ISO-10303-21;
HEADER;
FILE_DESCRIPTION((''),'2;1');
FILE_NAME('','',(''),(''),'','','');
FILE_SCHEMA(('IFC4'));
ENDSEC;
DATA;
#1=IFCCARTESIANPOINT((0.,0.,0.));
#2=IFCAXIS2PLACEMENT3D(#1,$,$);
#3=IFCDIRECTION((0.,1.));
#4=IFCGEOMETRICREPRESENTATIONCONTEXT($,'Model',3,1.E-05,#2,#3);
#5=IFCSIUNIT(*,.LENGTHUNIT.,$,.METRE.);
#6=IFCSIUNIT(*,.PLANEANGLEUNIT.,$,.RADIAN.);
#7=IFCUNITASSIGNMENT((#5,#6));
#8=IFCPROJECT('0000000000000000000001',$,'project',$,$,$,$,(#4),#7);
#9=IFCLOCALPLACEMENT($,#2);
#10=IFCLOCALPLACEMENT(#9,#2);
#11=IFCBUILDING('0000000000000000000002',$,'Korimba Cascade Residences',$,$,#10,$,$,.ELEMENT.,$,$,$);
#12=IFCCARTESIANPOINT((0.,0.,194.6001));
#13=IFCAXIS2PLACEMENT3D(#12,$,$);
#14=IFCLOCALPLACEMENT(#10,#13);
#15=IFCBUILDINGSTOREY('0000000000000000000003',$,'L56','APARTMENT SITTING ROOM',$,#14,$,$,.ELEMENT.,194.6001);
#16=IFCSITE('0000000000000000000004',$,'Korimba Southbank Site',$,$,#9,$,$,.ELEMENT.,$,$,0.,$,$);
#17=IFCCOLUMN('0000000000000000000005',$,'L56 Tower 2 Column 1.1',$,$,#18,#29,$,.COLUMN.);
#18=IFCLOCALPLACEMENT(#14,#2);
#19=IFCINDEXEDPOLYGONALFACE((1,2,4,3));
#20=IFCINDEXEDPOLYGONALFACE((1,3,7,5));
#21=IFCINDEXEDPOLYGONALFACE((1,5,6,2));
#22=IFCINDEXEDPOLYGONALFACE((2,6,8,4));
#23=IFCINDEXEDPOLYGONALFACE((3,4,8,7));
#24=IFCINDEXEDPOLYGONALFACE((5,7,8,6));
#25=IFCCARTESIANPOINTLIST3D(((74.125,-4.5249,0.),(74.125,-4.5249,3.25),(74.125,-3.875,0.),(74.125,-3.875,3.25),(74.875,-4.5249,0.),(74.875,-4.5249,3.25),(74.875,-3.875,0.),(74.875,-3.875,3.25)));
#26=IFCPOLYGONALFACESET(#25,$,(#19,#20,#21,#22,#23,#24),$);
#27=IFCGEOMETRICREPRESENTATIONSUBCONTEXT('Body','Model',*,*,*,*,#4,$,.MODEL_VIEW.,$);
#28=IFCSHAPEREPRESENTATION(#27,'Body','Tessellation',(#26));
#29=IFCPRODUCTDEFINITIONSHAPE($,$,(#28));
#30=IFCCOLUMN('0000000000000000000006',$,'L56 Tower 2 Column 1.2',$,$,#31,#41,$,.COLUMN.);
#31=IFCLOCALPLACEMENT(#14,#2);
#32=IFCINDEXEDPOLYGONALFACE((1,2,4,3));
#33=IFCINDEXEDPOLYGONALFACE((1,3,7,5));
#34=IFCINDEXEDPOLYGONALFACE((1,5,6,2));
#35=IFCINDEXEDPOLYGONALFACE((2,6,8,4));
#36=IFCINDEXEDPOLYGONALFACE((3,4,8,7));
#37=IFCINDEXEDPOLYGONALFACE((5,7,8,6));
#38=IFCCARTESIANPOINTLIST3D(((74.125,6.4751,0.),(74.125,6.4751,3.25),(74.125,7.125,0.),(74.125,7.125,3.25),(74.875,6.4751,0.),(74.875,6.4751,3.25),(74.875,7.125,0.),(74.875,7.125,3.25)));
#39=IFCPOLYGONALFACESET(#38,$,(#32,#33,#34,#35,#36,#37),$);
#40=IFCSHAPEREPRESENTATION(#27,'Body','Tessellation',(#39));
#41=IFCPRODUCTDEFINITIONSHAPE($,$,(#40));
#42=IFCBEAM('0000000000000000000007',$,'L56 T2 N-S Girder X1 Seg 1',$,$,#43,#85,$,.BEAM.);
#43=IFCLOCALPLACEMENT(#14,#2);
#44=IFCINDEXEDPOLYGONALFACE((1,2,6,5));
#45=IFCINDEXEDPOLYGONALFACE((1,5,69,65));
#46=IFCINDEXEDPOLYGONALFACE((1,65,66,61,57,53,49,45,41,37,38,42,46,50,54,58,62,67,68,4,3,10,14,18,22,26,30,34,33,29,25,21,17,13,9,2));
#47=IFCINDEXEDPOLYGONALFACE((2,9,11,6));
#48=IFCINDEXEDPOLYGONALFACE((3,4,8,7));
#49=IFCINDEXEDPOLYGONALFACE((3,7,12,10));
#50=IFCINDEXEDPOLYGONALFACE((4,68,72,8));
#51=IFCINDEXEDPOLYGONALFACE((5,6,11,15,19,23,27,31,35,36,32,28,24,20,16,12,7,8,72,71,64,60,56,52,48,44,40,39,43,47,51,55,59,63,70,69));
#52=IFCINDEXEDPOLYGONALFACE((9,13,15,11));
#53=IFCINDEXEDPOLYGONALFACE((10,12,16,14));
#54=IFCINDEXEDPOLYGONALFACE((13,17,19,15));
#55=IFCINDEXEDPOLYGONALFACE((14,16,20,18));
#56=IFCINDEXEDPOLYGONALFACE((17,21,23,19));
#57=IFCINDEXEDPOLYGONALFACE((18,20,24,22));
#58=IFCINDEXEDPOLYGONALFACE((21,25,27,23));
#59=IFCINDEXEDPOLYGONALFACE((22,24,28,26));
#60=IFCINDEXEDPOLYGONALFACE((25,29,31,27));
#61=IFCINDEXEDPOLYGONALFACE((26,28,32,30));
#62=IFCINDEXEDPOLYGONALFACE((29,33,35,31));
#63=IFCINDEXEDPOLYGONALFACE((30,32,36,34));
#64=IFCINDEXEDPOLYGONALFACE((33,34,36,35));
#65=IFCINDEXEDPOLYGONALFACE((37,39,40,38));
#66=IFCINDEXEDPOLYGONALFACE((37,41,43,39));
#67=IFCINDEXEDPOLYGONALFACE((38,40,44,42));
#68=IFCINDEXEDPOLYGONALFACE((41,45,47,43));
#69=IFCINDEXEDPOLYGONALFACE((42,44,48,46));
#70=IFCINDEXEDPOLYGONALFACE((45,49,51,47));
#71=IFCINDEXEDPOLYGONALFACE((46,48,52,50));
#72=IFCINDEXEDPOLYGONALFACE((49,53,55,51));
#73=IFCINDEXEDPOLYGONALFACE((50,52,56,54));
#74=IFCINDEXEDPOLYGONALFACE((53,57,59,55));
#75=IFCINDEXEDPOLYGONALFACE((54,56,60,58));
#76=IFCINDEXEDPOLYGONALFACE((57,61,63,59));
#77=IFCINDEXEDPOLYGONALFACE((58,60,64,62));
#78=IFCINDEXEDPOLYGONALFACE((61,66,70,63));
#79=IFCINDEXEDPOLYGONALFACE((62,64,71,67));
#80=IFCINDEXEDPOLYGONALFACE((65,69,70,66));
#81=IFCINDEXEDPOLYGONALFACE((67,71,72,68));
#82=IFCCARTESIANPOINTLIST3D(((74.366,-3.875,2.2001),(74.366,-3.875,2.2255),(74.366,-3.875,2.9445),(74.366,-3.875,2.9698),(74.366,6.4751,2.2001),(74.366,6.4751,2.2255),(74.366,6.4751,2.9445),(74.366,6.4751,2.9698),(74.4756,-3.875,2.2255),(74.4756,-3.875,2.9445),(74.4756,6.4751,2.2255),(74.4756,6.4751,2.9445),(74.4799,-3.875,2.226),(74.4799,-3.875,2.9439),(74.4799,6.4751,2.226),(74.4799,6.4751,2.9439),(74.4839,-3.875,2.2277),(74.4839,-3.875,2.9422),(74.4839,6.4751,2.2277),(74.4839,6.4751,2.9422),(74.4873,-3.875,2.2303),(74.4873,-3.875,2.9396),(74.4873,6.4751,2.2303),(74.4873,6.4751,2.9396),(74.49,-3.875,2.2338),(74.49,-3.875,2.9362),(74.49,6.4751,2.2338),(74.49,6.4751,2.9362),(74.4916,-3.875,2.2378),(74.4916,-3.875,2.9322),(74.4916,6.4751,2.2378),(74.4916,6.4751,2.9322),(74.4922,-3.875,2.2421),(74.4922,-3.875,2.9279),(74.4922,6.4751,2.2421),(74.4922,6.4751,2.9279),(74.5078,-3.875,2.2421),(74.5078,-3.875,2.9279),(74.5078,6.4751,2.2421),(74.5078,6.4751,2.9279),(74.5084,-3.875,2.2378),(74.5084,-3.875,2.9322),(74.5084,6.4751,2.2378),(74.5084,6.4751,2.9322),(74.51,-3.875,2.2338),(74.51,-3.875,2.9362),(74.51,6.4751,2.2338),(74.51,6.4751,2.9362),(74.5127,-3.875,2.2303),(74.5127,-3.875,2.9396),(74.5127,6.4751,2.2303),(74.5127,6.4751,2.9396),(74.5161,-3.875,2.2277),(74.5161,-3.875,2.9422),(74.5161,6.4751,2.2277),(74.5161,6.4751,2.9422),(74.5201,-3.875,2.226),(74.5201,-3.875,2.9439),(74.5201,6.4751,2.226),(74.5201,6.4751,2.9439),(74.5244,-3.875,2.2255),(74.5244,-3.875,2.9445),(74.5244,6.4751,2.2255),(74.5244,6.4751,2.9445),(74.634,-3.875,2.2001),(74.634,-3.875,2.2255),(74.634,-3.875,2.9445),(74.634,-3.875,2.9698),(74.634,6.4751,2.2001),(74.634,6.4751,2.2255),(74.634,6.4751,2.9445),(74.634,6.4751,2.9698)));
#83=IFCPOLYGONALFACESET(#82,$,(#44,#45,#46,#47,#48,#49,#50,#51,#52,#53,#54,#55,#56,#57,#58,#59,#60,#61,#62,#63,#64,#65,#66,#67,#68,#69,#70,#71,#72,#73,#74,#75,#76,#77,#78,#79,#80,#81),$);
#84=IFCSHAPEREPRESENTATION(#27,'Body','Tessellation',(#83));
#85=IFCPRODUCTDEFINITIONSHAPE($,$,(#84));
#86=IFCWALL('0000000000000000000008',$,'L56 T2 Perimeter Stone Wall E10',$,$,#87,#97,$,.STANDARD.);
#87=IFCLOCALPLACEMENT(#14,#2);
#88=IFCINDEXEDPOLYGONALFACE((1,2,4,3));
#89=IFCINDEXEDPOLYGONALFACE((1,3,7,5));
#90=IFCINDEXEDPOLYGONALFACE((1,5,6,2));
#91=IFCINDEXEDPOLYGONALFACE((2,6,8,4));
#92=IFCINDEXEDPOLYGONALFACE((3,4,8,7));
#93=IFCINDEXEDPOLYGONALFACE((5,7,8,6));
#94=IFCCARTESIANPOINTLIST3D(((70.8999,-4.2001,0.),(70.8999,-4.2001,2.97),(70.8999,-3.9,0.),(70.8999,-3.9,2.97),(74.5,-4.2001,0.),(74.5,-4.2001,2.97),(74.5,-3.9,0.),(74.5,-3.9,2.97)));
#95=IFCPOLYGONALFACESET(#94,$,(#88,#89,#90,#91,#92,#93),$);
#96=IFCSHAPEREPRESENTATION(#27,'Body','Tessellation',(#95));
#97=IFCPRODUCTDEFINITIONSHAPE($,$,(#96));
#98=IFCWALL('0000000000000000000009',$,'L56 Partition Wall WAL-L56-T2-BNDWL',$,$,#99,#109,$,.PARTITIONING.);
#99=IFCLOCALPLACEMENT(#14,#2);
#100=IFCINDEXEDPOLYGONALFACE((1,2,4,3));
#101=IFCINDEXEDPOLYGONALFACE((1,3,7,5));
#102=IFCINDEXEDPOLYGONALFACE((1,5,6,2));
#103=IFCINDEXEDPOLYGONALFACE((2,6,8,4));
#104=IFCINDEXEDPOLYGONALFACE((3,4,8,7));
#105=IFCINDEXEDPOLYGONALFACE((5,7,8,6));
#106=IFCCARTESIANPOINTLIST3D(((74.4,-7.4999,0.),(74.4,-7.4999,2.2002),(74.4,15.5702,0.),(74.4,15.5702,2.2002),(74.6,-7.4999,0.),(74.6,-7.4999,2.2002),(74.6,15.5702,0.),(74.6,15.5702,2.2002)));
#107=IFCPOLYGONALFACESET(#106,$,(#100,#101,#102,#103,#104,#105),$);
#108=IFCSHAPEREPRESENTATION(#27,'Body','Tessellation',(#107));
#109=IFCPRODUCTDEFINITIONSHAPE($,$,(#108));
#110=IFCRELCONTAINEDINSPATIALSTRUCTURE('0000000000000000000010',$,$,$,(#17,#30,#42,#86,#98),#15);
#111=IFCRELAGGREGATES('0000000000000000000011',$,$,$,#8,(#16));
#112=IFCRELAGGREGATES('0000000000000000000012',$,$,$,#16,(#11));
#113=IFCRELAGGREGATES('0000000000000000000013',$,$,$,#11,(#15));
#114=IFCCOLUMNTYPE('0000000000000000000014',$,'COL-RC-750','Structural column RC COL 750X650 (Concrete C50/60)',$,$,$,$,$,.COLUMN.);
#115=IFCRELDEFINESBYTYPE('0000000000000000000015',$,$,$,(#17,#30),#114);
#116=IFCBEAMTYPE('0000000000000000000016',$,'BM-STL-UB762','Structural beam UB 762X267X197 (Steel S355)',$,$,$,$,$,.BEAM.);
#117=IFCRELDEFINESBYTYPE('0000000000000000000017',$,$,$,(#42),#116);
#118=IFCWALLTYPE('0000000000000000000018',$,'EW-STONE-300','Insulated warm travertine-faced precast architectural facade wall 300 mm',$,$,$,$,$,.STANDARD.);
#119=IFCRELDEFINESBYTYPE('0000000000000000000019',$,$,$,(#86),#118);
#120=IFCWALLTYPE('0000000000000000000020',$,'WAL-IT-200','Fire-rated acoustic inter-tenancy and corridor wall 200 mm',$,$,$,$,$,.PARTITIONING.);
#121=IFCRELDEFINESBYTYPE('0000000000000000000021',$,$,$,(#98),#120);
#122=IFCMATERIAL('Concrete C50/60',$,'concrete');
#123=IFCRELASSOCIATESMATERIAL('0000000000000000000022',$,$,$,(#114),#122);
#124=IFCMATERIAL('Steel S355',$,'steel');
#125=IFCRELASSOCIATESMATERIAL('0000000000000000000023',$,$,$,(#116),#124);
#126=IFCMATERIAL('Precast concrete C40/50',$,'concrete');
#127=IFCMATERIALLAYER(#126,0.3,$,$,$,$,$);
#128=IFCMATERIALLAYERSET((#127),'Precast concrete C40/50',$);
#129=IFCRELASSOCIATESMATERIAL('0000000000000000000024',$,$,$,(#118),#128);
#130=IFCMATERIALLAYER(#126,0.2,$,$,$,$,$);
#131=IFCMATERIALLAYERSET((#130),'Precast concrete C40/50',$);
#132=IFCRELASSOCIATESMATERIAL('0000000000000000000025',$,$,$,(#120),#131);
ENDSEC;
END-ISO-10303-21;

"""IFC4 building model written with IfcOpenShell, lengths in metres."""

from ifc_helpers import new_model, si_unit, direction, frame, frame_2d, origin, origin_2d, place, context, subcontext, project, spatial, rectangle, i_section, extrude, material, layer, layer_set, material_profile, profile_set, type_object, element, save


model = new_model("IFC4")

# Units and contexts
model_context = context("Model", 3, precision=1e-05, world=origin(), true_north=direction((0.0, 1.0)))
body_context = subcontext(model_context, "Body", "Model", "MODEL_VIEW")
ifc_project = project(units=[si_unit("LENGTHUNIT", "METRE"), si_unit("PLANEANGLEUNIT", "RADIAN")], contexts=[model_context])

# Site, building, storey
site_placement = place(None, origin())
site = spatial("IfcSite", under=ifc_project, at=site_placement, Name="Korimba Southbank Site", CompositionType="ELEMENT", RefElevation=0.0)
building_placement = place(site_placement, origin())
building = spatial("IfcBuilding", under=site, at=building_placement, Name="Korimba Cascade Residences", CompositionType="ELEMENT")
storey_placement = place(building_placement, frame((0.0, 0.0, 194.6001)))
storey = spatial("IfcBuildingStorey", under=building, at=storey_placement, Name="L56", Description="APARTMENT SITTING ROOM", CompositionType="ELEMENT", Elevation=194.6001)

# Columns
ifc_material_1 = material(Name="Concrete C50/60", Category="concrete")
ifc_material_profile_1 = material_profile(ifc_material_1, rectangle(XDim=0.75, YDim=0.6499, at=origin_2d()), Name="Concrete C50/60")
ifc_profile_set_1 = profile_set([ifc_material_profile_1], Name="Concrete C50/60")
column_type = type_object("IfcColumnType", Name="COL-RC-750", Description="Structural column RC COL 750X650 (Concrete C50/60)", PredefinedType="COLUMN", material=ifc_profile_set_1)
for number, where, z_axis, x_axis, name in (
    (1, (74.5, -4.2, 0.0), (0.0, 0.0, 1.0), (1.0, 0.0, 0.0), "L56 Tower 2 Column 1.1"),
    (2, (74.5, 6.8, 0.0), (0.0, 0.0, 1.0), (1.0, 0.0, 0.0), "L56 Tower 2 Column 1.2"),
):
    element("IfcColumn", number, at=place(storey_placement, frame(where, z_axis=z_axis, x_axis=x_axis)), inside=storey, type_object=column_type, Name=name, PredefinedType="COLUMN", context=body_context, shape_type="SweptSolid", body=[
        extrude(rectangle(XDim=0.75, YDim=0.6499, at=origin_2d()), origin(), (0.0, 0.0, 1.0), 3.25),
    ])

# Beam
ifc_material_2 = material(Name="Steel S355", Category="steel")
ifc_material_profile_2 = material_profile(ifc_material_2, i_section(OverallWidth=0.2681, OverallDepth=0.7698, WebThickness=0.0156, FlangeThickness=0.0254, FilletRadius=0.0166, at=origin_2d()), Name="Steel S355")
ifc_profile_set_2 = profile_set([ifc_material_profile_2], Name="Steel S355")
beam_type = type_object("IfcBeamType", Name="BM-STL-UB762", Description="Structural beam UB 762X267X197 (Steel S355)", PredefinedType="BEAM", material=ifc_profile_set_2)
beam_placement = place(storey_placement, frame((74.5, -3.875, 2.585), z_axis=(0.0, 1.0, 0.0), x_axis=(-1.0, 0.0, 0.0)))
element("IfcBeam", 3, at=beam_placement, inside=storey, type_object=beam_type, Name="L56 T2 N-S Girder X1 Seg 1", PredefinedType="BEAM", context=body_context, shape_type="SweptSolid", body=[
    extrude(i_section(OverallWidth=0.2681, OverallDepth=0.7698, WebThickness=0.0156, FlangeThickness=0.0254, FilletRadius=0.0166, at=origin_2d()), origin(), (0.0, 0.0, 1.0), 10.3501),
])

# Shared definitions
ifc_material_3 = material(Name="Precast concrete C40/50", Category="concrete")

# Walls
ifc_layer_1 = layer(ifc_material_3, 0.3)
ifc_layer_set_1 = layer_set([ifc_layer_1], Name="Precast concrete C40/50")
wall_type_1 = type_object("IfcWallType", Name="EW-STONE-300", Description="Insulated warm travertine-faced precast architectural facade wall 300 mm", PredefinedType="STANDARD", material=ifc_layer_set_1)
wall_1_placement = place(storey_placement, frame((70.8999, -4.05, 0.0), z_axis=(0.0, 0.0, 1.0), x_axis=(1.0, 0.0, 0.0)))
element("IfcWall", 4, at=wall_1_placement, inside=storey, type_object=wall_type_1, Name="L56 T2 Perimeter Stone Wall E10", PredefinedType="STANDARD", context=body_context, shape_type="SweptSolid", body=[
    extrude(rectangle(XDim=3.6001, YDim=0.3, at=frame_2d((1.8, 0.0))), origin(), (0.0, 0.0, 1.0), 2.97),
])
ifc_layer_2 = layer(ifc_material_3, 0.2)
ifc_layer_set_2 = layer_set([ifc_layer_2], Name="Precast concrete C40/50")
wall_type_2 = type_object("IfcWallType", Name="WAL-IT-200", Description="Fire-rated acoustic inter-tenancy and corridor wall 200 mm", PredefinedType="PARTITIONING", material=ifc_layer_set_2)
wall_2_placement = place(storey_placement, frame((74.5, -7.5, 0.0), z_axis=(0.0, 0.0, 1.0), x_axis=(0.0, 1.0, 0.0)))
element("IfcWall", 5, at=wall_2_placement, inside=storey, type_object=wall_type_2, Name="L56 Partition Wall WAL-L56-T2-BNDWL", PredefinedType="PARTITIONING", context=body_context, shape_type="SweptSolid", body=[
    extrude(rectangle(XDim=23.0701, YDim=0.2, at=frame_2d((11.5352, 0.0))), origin(), (0.0, 0.0, 1.0), 2.2002),
])

save(model, "model.ifc")
